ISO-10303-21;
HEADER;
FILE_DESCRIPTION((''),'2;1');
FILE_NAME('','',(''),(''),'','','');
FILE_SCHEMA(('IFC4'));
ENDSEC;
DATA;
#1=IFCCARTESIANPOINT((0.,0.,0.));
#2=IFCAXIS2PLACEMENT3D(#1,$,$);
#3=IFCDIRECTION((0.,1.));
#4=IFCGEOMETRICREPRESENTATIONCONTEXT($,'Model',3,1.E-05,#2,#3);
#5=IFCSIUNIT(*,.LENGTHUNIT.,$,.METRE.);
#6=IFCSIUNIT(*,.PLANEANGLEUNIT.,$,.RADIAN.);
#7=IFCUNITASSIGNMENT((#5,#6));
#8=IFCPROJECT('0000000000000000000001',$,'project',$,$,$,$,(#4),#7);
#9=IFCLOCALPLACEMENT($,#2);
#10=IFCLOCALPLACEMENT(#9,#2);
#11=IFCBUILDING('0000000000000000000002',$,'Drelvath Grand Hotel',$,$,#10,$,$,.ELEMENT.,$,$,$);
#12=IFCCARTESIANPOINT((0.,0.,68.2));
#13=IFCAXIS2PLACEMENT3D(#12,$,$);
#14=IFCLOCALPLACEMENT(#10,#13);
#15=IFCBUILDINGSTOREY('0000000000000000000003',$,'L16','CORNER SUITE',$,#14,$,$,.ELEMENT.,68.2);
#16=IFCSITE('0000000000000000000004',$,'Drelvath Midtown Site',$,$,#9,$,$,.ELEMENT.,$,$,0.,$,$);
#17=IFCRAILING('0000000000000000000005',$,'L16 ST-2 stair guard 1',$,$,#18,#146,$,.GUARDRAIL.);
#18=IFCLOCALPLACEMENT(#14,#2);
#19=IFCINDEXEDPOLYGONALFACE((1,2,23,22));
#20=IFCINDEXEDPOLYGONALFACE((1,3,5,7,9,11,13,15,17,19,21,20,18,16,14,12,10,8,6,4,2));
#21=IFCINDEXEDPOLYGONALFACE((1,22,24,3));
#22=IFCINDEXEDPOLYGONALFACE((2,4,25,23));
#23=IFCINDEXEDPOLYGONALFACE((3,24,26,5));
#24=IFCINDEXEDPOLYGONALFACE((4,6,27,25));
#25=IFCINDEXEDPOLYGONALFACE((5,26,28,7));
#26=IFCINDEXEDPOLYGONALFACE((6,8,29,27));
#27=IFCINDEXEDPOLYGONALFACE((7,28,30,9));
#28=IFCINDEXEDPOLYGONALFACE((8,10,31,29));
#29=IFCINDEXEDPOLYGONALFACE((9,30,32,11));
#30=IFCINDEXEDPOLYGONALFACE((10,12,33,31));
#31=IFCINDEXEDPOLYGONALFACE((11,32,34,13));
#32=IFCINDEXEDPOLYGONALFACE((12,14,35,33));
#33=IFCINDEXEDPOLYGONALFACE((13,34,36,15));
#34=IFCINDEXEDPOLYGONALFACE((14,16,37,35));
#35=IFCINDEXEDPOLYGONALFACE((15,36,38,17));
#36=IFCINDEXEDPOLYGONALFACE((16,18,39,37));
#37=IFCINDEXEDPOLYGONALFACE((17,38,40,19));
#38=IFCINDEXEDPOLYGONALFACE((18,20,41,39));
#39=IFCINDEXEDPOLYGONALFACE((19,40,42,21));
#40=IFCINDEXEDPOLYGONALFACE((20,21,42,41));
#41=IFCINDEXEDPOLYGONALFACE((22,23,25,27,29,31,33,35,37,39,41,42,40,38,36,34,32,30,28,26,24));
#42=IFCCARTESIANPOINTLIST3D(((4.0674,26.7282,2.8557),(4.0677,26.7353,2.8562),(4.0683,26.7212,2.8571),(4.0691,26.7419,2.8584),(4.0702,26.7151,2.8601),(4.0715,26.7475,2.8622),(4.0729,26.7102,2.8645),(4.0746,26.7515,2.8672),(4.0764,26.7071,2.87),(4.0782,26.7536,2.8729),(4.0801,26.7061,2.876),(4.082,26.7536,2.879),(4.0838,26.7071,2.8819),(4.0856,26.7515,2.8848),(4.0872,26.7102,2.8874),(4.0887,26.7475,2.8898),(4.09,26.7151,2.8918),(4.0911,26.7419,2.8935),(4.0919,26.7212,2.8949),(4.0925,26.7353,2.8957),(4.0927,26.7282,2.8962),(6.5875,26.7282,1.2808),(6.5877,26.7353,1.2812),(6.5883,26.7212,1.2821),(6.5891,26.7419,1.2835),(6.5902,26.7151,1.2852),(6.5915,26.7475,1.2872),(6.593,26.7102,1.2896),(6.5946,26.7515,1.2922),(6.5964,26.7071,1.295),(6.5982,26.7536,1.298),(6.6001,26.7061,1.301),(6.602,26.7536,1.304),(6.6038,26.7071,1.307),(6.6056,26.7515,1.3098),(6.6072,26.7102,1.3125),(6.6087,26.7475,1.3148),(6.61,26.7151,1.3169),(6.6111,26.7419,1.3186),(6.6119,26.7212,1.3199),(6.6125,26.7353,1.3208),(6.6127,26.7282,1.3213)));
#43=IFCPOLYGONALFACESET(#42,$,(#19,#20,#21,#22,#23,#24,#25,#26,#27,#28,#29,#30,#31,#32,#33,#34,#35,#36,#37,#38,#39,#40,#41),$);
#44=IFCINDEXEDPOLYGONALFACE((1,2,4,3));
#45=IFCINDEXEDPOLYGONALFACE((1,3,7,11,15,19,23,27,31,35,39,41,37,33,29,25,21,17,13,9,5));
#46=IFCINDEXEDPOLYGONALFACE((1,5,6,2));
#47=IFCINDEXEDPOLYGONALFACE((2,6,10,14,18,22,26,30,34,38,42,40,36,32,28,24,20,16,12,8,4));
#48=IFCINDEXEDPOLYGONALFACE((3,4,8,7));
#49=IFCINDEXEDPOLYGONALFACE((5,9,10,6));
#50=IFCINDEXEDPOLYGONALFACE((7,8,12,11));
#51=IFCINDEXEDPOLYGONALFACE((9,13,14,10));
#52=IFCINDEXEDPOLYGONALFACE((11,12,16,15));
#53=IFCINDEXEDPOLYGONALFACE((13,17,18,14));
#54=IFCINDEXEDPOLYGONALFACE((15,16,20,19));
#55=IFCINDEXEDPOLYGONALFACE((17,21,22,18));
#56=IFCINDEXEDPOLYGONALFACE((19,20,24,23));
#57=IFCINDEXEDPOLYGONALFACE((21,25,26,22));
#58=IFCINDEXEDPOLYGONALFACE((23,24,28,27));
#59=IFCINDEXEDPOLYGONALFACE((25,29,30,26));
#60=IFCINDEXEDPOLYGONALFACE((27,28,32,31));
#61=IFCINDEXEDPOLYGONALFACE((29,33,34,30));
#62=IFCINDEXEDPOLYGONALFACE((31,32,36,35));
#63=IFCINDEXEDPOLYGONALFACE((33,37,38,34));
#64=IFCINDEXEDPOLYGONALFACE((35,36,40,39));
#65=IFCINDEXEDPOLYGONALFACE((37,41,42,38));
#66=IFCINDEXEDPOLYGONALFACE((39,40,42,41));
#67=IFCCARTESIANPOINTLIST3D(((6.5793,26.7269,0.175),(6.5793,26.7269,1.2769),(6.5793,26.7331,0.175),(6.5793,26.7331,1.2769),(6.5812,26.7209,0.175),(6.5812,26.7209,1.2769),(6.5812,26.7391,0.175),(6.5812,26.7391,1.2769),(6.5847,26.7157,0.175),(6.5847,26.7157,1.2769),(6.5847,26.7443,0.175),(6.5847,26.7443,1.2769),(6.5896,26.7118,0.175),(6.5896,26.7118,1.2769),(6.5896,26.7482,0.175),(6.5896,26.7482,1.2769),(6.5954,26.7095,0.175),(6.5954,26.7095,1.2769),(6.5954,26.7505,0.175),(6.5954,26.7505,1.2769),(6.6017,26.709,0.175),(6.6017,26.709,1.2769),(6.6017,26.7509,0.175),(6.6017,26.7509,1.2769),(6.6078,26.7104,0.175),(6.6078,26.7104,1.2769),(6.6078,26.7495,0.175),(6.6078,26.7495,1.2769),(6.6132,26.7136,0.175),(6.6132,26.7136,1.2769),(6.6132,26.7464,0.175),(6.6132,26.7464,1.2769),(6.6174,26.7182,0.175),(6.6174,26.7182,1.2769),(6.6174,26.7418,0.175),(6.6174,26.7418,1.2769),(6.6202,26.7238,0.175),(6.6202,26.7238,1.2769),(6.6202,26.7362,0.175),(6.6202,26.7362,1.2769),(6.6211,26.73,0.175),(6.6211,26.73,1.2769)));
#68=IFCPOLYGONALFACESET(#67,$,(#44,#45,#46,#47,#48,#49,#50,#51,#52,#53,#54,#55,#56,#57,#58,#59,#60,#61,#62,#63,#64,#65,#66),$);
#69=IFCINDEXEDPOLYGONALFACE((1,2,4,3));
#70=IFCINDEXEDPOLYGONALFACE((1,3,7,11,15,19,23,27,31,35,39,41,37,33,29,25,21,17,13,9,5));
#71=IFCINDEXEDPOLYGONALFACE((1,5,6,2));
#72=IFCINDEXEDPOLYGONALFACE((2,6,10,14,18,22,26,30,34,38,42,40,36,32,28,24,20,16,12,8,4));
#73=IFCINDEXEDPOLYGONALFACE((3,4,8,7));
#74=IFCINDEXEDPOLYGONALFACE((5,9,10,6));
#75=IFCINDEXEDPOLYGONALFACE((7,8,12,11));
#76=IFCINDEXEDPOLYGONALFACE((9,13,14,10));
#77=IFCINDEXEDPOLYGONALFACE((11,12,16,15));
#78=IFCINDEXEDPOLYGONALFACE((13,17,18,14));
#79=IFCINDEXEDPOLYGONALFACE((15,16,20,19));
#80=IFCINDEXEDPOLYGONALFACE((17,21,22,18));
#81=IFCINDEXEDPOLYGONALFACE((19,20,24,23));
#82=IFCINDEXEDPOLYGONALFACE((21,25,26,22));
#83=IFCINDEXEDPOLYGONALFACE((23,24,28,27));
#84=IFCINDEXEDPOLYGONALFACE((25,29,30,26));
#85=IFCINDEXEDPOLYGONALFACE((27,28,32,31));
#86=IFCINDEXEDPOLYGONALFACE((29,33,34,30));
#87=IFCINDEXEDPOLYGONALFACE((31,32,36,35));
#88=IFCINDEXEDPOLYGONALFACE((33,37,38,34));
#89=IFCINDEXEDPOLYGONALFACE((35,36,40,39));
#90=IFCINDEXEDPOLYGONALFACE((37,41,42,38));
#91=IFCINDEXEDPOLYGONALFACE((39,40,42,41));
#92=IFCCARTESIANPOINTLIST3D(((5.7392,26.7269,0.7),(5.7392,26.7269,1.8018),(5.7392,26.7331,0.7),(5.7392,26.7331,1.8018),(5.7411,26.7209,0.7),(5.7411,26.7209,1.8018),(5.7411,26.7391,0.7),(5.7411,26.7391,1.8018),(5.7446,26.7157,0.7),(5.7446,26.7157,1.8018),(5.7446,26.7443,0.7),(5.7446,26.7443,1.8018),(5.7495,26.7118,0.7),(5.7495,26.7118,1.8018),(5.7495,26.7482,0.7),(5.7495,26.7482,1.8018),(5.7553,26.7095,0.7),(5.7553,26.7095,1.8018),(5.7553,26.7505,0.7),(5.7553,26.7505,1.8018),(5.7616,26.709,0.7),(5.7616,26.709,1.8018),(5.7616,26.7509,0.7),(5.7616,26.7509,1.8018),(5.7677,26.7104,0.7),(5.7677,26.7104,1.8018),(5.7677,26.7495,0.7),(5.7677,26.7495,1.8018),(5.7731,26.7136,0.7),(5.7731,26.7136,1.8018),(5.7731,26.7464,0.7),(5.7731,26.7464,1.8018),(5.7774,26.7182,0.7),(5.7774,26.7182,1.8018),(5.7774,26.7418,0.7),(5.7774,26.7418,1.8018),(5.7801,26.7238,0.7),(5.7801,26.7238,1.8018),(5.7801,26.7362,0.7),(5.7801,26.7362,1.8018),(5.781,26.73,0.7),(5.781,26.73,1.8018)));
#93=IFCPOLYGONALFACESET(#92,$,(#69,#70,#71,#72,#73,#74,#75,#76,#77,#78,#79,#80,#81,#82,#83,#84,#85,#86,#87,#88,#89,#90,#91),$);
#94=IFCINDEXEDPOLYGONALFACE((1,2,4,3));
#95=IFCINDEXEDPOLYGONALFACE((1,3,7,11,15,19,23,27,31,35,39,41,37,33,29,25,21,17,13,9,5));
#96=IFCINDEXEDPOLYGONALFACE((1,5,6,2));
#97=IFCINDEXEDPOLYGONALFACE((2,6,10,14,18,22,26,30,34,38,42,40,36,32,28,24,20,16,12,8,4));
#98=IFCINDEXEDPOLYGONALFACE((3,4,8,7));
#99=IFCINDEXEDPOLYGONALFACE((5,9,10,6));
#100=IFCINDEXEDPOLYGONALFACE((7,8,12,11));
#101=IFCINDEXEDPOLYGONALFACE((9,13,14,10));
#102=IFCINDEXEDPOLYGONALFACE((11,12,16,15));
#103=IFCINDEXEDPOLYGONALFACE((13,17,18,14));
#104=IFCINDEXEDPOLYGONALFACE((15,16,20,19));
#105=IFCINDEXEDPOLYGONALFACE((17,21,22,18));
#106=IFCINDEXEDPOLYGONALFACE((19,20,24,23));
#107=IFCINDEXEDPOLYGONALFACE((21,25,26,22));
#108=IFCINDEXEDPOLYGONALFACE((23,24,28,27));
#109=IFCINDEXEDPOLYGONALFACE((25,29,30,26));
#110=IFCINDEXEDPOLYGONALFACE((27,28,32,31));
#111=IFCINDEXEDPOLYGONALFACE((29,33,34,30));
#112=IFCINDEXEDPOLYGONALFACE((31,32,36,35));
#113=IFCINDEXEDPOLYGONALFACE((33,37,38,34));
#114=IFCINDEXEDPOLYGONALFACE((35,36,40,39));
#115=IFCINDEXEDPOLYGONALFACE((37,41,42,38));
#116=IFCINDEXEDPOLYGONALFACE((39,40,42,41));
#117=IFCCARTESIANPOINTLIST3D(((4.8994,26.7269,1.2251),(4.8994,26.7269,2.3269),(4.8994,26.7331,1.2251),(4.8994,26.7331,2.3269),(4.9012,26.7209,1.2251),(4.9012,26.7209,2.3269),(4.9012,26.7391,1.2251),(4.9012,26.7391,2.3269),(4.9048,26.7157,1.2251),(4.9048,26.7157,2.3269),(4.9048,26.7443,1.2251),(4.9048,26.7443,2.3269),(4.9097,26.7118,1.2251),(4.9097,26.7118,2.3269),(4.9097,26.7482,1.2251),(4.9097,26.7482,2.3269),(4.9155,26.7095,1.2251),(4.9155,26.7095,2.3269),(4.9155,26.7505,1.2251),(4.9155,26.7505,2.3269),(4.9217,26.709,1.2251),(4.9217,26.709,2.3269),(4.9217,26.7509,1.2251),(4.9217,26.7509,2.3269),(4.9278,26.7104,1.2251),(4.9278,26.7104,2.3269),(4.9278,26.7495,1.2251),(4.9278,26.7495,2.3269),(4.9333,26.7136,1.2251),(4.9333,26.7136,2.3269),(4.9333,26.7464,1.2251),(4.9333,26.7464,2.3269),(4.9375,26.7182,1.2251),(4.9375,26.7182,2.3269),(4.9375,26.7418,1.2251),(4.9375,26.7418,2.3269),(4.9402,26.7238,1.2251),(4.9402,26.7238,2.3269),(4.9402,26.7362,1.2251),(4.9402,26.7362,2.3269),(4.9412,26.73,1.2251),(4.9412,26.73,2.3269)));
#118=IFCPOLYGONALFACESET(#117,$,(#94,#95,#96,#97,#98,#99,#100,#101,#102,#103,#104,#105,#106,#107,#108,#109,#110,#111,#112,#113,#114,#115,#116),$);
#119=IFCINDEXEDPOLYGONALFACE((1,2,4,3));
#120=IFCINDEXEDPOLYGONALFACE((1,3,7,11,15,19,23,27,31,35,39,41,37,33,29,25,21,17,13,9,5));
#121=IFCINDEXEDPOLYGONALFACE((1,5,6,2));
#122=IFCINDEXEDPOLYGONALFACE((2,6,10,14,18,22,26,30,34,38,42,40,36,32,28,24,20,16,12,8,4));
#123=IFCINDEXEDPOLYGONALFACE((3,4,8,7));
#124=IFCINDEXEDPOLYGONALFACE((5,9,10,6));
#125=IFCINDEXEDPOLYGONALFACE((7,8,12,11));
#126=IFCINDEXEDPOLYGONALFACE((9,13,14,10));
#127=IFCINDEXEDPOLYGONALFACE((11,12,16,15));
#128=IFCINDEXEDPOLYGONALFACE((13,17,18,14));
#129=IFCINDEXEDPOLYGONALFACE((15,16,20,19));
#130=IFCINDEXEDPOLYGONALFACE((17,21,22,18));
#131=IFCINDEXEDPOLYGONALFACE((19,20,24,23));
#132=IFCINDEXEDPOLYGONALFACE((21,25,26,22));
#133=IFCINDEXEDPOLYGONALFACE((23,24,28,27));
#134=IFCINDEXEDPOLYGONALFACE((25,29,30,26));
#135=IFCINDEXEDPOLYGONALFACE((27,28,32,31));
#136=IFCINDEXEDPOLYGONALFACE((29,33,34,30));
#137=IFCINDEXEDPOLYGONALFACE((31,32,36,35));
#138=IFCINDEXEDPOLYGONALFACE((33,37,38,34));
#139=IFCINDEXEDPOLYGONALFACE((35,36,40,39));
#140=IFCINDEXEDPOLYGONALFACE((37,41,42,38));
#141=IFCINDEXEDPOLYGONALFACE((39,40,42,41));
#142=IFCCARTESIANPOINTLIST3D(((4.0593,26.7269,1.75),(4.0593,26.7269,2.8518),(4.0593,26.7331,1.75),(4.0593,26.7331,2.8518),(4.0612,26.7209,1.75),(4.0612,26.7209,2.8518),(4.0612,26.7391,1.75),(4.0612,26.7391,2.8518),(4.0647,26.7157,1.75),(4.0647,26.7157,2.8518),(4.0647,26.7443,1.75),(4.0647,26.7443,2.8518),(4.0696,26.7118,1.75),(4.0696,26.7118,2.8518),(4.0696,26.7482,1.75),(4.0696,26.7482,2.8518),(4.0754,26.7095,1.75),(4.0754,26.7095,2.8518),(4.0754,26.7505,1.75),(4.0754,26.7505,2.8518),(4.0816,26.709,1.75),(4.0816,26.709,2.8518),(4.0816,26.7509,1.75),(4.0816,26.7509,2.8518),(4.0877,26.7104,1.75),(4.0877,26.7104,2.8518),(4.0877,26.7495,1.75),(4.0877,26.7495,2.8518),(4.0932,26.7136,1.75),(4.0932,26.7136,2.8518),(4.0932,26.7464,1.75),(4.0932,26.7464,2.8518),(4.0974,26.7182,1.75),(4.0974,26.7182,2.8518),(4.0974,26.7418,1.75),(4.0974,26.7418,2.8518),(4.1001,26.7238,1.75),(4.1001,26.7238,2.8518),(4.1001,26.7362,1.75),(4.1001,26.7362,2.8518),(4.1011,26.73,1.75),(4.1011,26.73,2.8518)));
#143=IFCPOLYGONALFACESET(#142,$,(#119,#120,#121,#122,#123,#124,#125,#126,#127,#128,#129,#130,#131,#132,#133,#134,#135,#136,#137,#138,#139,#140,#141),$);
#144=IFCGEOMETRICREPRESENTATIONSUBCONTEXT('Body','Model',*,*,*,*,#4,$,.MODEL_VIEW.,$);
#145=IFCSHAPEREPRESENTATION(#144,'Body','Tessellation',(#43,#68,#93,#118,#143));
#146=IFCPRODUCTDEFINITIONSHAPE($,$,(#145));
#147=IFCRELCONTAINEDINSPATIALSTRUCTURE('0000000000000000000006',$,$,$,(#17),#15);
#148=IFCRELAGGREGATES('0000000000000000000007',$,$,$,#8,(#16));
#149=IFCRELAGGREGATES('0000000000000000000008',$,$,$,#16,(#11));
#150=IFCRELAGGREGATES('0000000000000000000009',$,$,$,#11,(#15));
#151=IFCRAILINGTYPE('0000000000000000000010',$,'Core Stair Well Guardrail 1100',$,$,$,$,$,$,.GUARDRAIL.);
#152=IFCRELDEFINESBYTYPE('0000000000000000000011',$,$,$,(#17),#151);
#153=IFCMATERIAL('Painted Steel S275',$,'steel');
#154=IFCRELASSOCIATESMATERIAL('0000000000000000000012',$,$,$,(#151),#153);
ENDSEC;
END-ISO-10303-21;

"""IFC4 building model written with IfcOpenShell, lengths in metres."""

from ifc_helpers import new_model, si_unit, direction, frame, origin, origin_2d, place, context, subcontext, project, spatial, circle, extrude, material, type_object, element, save


model = new_model("IFC4")

# Units and contexts
model_context = context("Model", 3, precision=1e-05, world=origin(), true_north=direction((0.0, 1.0)))
body_context = subcontext(model_context, "Body", "Model", "MODEL_VIEW")
ifc_project = project(units=[si_unit("LENGTHUNIT", "METRE"), si_unit("PLANEANGLEUNIT", "RADIAN")], contexts=[model_context])

# Site, building, storey
site_placement = place(None, origin())
site = spatial("IfcSite", under=ifc_project, at=site_placement, Name="Drelvath Midtown Site", CompositionType="ELEMENT", RefElevation=0.0)
building_placement = place(site_placement, origin())
building = spatial("IfcBuilding", under=site, at=building_placement, Name="Drelvath Grand Hotel", CompositionType="ELEMENT")
storey_placement = place(building_placement, frame((0.0, 0.0, 68.2)))
storey = spatial("IfcBuildingStorey", under=building, at=storey_placement, Name="L16", Description="CORNER SUITE", CompositionType="ELEMENT", Elevation=68.2)

# Shared definitions
ifc_material_1 = material(Name="Painted Steel S275", Category="steel")

# Railing
railing_type_1 = type_object("IfcRailingType", Name="Core Stair Well Guardrail 1100", PredefinedType="GUARDRAIL", material=ifc_material_1)
railing_1_placement = place(storey_placement, frame((6.6001, 26.73, 0.175)))
element("IfcRailing", 1, at=railing_1_placement, inside=storey, type_object=railing_type_1, Name="L16 ST-2 stair guard 1", PredefinedType="GUARDRAIL", context=body_context, shape_type="SweptSolid", body=[
    extrude(circle(Radius=0.0239, at=origin_2d()), frame((0.0, 0.0, 1.126), z_axis=(-0.848008, 0.0, 0.529984), x_axis=(0.0, -1.0, 0.0)), (0.0, 0.0, 1.0), 2.9717),
    extrude(circle(Radius=0.021, at=origin_2d()), origin(), (0.0, 0.0, 1.0), 1.1018),
    extrude(circle(Radius=0.021, at=origin_2d()), frame((-0.8401, 0.0, 0.5249)), (0.0, 0.0, 1.0), 1.1018),
    extrude(circle(Radius=0.021, at=origin_2d()), frame((-1.6799, 0.0, 1.05)), (0.0, 0.0, 1.0), 1.1018),
    extrude(circle(Radius=0.021, at=origin_2d()), frame((-2.52, 0.0, 1.575)), (0.0, 0.0, 1.0), 1.1018),
])

save(model, "model.ifc")
